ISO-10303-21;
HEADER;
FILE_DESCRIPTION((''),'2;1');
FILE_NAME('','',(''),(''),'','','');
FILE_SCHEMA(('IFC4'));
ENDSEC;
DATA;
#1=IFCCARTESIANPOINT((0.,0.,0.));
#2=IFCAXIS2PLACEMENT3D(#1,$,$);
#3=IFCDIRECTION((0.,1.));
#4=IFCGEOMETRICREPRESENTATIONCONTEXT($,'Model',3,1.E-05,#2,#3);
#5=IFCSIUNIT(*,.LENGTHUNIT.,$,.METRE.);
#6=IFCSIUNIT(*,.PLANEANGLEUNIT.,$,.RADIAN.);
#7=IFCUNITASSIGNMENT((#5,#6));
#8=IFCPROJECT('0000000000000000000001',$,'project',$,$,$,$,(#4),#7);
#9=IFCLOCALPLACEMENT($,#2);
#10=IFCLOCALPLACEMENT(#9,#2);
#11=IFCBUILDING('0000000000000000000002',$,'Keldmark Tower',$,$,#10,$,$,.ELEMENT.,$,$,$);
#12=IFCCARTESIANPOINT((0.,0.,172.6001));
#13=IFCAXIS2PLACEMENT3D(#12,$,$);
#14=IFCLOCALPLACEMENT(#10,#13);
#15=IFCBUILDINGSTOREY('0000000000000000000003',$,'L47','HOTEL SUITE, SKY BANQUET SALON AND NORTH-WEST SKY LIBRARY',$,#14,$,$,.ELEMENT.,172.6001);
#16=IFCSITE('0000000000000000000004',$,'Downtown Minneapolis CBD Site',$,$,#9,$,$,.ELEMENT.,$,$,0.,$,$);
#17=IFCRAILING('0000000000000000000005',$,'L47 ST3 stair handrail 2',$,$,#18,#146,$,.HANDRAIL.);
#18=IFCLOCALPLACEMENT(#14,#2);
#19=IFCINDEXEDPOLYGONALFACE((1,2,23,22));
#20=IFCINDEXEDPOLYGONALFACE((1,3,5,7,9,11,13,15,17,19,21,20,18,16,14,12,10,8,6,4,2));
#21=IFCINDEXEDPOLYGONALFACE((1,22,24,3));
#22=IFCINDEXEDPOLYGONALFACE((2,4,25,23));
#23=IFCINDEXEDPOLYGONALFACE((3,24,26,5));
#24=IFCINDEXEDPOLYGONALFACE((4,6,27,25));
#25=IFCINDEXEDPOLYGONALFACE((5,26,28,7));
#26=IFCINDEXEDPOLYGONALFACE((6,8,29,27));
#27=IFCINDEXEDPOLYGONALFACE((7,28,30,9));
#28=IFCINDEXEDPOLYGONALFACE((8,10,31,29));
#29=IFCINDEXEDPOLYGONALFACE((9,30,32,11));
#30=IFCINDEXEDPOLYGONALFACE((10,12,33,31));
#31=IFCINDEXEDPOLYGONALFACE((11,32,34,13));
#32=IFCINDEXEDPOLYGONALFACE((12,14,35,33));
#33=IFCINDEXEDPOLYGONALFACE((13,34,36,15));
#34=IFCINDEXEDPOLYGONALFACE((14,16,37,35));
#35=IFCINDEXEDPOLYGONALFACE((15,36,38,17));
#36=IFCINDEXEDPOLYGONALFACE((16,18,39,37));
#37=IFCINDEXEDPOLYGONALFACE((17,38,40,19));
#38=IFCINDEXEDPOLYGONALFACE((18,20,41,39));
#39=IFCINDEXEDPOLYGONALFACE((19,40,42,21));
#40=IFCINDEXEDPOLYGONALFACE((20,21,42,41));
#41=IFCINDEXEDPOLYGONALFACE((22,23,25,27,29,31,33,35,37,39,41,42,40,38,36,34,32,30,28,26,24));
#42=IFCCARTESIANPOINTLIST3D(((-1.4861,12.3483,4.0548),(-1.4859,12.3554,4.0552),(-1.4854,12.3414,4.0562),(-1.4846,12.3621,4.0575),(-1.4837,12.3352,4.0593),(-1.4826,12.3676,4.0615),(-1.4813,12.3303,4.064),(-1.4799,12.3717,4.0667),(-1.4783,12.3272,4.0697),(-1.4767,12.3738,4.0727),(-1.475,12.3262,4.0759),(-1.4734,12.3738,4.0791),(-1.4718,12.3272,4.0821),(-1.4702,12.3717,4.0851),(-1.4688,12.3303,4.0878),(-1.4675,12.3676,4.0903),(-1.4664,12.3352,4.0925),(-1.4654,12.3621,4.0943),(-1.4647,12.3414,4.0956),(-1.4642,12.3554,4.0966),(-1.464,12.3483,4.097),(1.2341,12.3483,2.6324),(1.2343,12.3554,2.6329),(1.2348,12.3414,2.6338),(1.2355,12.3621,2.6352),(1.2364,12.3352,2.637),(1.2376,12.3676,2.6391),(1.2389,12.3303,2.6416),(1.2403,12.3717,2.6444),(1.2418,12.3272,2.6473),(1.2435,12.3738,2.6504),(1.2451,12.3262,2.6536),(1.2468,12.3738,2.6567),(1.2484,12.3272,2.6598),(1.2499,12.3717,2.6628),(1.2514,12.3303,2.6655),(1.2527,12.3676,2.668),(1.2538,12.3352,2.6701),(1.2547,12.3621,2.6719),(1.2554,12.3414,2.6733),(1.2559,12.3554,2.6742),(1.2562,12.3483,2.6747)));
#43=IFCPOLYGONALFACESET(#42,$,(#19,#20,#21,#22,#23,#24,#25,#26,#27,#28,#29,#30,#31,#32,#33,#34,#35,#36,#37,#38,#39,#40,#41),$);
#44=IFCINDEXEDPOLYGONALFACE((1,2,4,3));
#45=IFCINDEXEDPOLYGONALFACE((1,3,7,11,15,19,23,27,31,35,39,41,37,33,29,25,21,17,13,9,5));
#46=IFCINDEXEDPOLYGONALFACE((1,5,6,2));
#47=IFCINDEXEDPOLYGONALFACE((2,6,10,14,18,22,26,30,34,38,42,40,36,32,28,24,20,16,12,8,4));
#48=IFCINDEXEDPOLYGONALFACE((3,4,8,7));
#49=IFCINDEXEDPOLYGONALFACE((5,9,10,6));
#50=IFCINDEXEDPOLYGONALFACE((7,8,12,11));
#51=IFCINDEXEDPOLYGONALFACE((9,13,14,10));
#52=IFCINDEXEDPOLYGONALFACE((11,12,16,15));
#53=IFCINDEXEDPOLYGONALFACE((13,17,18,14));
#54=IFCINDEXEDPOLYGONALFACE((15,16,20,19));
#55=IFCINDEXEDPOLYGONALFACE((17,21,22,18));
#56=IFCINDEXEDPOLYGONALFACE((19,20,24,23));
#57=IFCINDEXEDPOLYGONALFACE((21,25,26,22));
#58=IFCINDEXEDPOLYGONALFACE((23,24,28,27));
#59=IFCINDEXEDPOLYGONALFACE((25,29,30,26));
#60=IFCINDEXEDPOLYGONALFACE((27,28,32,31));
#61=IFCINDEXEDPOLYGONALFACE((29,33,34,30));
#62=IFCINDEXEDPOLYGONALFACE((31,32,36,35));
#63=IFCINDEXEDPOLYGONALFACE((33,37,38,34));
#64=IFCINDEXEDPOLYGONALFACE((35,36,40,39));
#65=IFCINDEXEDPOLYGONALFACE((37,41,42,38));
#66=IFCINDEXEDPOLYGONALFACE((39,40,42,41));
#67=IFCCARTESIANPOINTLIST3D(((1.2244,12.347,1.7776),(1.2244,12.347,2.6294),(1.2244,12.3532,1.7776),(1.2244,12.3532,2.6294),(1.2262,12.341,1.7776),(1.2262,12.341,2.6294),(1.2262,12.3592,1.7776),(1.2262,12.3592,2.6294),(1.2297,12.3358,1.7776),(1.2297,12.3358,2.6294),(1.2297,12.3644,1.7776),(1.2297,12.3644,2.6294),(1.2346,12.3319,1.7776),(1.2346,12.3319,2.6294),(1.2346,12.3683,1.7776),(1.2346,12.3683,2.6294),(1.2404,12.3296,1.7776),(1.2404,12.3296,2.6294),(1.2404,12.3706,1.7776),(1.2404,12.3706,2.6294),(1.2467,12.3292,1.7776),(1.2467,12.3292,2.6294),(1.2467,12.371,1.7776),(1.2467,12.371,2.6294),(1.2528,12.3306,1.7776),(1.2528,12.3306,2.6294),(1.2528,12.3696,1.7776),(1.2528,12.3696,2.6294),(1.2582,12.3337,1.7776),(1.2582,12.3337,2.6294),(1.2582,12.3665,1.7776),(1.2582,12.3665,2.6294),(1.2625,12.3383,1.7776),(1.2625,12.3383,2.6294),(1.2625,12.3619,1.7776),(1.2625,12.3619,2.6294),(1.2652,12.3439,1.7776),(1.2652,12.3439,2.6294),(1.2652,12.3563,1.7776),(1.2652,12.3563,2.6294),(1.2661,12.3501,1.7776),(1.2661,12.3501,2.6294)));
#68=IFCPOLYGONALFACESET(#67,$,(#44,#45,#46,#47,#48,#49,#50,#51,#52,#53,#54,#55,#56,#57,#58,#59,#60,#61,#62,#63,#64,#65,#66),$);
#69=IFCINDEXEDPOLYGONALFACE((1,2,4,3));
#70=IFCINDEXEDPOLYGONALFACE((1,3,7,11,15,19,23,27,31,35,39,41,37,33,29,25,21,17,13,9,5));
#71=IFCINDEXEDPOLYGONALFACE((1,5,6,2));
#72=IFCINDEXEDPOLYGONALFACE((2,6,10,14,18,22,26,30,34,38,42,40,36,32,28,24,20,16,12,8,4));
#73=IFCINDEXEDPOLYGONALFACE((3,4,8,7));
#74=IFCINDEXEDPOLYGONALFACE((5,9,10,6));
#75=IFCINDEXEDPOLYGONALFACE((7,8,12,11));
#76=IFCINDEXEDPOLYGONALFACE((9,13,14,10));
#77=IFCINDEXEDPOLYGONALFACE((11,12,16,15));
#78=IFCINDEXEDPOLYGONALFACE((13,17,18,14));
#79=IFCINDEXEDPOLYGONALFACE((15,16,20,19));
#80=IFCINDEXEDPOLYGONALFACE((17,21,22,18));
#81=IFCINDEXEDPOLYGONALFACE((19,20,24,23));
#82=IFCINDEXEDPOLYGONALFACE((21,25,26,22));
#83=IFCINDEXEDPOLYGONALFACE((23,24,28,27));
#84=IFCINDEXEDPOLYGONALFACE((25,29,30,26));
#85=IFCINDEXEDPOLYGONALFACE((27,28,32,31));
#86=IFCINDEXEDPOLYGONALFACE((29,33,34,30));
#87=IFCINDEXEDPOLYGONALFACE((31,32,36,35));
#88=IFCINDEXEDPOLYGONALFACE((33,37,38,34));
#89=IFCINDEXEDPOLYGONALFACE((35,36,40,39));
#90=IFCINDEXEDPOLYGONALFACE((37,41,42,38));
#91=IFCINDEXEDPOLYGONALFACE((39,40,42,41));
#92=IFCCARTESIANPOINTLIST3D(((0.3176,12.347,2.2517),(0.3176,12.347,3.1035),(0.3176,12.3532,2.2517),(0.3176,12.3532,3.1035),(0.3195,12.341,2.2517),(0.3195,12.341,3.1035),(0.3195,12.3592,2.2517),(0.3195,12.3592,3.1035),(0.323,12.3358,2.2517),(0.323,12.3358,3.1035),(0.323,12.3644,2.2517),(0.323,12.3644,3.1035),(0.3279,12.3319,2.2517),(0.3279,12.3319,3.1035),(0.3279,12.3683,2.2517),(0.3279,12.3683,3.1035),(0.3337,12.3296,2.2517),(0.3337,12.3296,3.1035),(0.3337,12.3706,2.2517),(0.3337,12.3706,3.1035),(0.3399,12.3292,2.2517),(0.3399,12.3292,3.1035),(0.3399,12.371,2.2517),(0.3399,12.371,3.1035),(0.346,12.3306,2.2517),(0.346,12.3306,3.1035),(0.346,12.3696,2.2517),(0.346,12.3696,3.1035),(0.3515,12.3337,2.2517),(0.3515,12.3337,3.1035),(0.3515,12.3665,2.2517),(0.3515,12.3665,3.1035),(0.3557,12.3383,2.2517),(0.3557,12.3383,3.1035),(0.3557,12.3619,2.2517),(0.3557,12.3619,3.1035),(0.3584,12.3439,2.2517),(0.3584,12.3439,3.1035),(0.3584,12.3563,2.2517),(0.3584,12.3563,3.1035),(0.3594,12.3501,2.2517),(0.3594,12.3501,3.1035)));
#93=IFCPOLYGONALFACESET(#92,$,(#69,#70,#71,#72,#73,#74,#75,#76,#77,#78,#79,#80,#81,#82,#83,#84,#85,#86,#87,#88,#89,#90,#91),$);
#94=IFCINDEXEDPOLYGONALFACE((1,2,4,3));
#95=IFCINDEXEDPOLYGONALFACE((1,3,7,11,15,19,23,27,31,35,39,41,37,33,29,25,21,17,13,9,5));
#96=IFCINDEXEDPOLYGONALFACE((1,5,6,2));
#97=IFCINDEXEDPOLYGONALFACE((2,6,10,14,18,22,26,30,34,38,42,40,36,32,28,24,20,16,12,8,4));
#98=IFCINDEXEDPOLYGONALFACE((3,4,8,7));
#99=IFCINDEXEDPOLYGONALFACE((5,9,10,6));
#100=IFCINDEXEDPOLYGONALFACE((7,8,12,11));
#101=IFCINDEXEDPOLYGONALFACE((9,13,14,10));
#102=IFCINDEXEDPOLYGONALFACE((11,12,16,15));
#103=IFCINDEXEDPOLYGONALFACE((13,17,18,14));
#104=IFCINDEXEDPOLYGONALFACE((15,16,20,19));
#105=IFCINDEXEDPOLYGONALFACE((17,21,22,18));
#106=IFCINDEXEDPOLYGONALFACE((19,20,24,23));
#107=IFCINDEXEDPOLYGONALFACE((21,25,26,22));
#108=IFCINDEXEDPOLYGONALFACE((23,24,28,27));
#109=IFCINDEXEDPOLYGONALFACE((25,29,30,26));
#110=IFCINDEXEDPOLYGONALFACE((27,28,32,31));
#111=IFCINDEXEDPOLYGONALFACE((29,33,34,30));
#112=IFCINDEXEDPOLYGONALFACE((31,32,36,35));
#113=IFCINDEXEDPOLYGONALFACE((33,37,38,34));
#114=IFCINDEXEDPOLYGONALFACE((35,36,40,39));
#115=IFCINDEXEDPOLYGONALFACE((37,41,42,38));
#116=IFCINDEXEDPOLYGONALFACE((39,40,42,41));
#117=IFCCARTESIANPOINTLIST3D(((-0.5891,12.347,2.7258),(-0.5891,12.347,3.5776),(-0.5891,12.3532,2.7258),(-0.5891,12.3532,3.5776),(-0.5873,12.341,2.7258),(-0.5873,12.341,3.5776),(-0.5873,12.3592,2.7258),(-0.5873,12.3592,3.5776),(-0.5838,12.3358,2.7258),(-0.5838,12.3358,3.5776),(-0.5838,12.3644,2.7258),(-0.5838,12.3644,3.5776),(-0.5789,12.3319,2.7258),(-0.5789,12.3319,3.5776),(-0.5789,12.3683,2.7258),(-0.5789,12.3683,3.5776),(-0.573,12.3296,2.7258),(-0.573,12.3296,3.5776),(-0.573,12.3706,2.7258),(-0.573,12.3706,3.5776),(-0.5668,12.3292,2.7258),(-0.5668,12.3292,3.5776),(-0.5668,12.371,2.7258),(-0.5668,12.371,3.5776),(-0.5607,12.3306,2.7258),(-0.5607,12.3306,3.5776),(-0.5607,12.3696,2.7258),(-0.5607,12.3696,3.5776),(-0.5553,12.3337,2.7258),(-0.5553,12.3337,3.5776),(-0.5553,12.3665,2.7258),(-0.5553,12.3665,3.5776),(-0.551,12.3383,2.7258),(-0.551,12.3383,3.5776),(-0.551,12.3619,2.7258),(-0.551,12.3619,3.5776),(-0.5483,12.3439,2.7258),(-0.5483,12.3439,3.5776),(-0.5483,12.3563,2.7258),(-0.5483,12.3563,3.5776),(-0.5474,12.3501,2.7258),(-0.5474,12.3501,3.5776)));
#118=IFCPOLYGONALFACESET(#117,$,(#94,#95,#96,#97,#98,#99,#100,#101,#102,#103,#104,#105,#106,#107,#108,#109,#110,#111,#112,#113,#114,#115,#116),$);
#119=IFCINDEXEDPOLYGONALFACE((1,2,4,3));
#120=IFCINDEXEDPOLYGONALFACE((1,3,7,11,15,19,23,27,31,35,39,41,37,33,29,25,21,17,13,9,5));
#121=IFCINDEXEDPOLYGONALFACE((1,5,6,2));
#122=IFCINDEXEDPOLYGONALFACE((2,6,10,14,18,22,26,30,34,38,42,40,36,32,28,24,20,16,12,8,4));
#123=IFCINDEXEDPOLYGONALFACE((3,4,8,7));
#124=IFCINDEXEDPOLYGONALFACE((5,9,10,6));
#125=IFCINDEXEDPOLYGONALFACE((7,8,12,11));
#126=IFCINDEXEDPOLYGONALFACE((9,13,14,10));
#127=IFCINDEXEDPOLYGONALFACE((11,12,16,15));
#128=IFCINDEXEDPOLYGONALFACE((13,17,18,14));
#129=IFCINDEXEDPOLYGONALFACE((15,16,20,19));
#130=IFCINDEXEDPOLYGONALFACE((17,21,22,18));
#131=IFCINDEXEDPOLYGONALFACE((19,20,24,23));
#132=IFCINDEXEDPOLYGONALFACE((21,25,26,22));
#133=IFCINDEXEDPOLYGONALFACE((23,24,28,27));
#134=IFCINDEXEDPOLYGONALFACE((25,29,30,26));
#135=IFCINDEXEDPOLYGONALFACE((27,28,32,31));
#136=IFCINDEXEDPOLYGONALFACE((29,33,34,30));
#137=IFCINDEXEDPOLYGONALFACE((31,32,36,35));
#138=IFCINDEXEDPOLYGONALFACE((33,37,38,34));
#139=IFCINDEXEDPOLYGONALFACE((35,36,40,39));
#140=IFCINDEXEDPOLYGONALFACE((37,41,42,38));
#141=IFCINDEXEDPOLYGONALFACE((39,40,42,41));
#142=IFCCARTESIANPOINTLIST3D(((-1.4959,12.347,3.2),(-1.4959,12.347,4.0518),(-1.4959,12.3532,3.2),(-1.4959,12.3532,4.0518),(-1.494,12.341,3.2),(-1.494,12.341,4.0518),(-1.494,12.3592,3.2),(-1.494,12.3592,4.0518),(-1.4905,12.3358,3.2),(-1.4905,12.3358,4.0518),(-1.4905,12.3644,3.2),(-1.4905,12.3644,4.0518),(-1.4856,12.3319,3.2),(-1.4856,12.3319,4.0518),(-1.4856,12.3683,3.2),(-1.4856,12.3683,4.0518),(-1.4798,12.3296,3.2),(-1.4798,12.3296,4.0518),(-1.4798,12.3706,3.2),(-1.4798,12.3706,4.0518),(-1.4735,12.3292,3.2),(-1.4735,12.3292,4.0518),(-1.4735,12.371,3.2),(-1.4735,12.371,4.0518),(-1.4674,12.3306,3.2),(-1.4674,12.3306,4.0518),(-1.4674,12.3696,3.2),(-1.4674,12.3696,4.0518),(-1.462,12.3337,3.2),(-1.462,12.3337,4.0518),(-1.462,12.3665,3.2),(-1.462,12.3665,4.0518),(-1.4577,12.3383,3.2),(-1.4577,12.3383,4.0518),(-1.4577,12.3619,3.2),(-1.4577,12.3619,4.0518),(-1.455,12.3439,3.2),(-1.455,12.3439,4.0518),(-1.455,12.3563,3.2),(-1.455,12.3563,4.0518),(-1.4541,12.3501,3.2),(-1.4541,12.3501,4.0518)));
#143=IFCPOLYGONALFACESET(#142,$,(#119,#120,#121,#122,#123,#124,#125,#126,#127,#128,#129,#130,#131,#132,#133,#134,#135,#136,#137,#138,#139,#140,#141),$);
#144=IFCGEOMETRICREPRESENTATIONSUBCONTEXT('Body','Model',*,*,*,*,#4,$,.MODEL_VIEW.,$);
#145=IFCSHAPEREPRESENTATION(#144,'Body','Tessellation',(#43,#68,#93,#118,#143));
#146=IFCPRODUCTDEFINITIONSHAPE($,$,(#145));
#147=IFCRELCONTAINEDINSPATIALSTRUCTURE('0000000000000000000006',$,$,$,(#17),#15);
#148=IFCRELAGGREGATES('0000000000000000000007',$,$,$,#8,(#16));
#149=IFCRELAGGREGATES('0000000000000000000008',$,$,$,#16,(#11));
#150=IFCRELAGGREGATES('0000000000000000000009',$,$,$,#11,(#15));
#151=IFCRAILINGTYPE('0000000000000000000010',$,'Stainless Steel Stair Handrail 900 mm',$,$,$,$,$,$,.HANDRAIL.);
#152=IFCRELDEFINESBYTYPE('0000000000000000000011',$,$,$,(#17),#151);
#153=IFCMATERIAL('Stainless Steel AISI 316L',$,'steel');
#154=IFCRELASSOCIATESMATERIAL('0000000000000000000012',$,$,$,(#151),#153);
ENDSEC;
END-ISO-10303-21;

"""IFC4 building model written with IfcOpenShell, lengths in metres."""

from ifc_helpers import new_model, si_unit, direction, frame, origin, origin_2d, place, context, subcontext, project, spatial, circle, extrude, material, type_object, element, save


model = new_model("IFC4")

# Units and contexts
model_context = context("Model", 3, precision=1e-05, world=origin(), true_north=direction((0.0, 1.0)))
body_context = subcontext(model_context, "Body", "Model", "MODEL_VIEW")
ifc_project = project(units=[si_unit("LENGTHUNIT", "METRE"), si_unit("PLANEANGLEUNIT", "RADIAN")], contexts=[model_context])

# Site, building, storey
site_placement = place(None, origin())
site = spatial("IfcSite", under=ifc_project, at=site_placement, Name="Downtown Minneapolis CBD Site", CompositionType="ELEMENT", RefElevation=0.0)
building_placement = place(site_placement, origin())
building = spatial("IfcBuilding", under=site, at=building_placement, Name="Keldmark Tower", CompositionType="ELEMENT")
storey_placement = place(building_placement, frame((0.0, 0.0, 172.6001)))
storey = spatial("IfcBuildingStorey", under=building, at=storey_placement, Name="L47", Description="HOTEL SUITE, SKY BANQUET SALON AND NORTH-WEST SKY LIBRARY", CompositionType="ELEMENT", Elevation=172.6001)

# Railing
ifc_material_1 = material(Name="Stainless Steel AISI 316L", Category="steel")
railing_type_1 = type_object("IfcRailingType", Name="Stainless Steel Stair Handrail 900 mm", PredefinedType="HANDRAIL", material=ifc_material_1)
railing_1_placement = place(storey_placement, frame((1.2451, 12.3501, 1.7776)))
element("IfcRailing", 1, at=railing_1_placement, inside=storey, type_object=railing_type_1, Name="L47 ST3 stair handrail 2", PredefinedType="HANDRAIL", context=body_context, shape_type="SweptSolid", body=[
    extrude(circle(Radius=0.0239, at=origin_2d()), frame((0.0, 0.0, 0.876), z_axis=(-0.886168, 0.0, 0.463365), x_axis=(0.0, -1.0, 0.0)), (0.0, 0.0, 1.0), 3.0696),
    extrude(circle(Radius=0.021, at=origin_2d()), origin(), (0.0, 0.0, 1.0), 0.8518),
    extrude(circle(Radius=0.021, at=origin_2d()), frame((-0.9067, 0.0, 0.4741)), (0.0, 0.0, 1.0), 0.8518),
    extrude(circle(Radius=0.021, at=origin_2d()), frame((-1.8135, 0.0, 0.9482)), (0.0, 0.0, 1.0), 0.8518),
    extrude(circle(Radius=0.021, at=origin_2d()), frame((-2.7202, 0.0, 1.4224)), (0.0, 0.0, 1.0), 0.8518),
])

save(model, "model.ifc")
